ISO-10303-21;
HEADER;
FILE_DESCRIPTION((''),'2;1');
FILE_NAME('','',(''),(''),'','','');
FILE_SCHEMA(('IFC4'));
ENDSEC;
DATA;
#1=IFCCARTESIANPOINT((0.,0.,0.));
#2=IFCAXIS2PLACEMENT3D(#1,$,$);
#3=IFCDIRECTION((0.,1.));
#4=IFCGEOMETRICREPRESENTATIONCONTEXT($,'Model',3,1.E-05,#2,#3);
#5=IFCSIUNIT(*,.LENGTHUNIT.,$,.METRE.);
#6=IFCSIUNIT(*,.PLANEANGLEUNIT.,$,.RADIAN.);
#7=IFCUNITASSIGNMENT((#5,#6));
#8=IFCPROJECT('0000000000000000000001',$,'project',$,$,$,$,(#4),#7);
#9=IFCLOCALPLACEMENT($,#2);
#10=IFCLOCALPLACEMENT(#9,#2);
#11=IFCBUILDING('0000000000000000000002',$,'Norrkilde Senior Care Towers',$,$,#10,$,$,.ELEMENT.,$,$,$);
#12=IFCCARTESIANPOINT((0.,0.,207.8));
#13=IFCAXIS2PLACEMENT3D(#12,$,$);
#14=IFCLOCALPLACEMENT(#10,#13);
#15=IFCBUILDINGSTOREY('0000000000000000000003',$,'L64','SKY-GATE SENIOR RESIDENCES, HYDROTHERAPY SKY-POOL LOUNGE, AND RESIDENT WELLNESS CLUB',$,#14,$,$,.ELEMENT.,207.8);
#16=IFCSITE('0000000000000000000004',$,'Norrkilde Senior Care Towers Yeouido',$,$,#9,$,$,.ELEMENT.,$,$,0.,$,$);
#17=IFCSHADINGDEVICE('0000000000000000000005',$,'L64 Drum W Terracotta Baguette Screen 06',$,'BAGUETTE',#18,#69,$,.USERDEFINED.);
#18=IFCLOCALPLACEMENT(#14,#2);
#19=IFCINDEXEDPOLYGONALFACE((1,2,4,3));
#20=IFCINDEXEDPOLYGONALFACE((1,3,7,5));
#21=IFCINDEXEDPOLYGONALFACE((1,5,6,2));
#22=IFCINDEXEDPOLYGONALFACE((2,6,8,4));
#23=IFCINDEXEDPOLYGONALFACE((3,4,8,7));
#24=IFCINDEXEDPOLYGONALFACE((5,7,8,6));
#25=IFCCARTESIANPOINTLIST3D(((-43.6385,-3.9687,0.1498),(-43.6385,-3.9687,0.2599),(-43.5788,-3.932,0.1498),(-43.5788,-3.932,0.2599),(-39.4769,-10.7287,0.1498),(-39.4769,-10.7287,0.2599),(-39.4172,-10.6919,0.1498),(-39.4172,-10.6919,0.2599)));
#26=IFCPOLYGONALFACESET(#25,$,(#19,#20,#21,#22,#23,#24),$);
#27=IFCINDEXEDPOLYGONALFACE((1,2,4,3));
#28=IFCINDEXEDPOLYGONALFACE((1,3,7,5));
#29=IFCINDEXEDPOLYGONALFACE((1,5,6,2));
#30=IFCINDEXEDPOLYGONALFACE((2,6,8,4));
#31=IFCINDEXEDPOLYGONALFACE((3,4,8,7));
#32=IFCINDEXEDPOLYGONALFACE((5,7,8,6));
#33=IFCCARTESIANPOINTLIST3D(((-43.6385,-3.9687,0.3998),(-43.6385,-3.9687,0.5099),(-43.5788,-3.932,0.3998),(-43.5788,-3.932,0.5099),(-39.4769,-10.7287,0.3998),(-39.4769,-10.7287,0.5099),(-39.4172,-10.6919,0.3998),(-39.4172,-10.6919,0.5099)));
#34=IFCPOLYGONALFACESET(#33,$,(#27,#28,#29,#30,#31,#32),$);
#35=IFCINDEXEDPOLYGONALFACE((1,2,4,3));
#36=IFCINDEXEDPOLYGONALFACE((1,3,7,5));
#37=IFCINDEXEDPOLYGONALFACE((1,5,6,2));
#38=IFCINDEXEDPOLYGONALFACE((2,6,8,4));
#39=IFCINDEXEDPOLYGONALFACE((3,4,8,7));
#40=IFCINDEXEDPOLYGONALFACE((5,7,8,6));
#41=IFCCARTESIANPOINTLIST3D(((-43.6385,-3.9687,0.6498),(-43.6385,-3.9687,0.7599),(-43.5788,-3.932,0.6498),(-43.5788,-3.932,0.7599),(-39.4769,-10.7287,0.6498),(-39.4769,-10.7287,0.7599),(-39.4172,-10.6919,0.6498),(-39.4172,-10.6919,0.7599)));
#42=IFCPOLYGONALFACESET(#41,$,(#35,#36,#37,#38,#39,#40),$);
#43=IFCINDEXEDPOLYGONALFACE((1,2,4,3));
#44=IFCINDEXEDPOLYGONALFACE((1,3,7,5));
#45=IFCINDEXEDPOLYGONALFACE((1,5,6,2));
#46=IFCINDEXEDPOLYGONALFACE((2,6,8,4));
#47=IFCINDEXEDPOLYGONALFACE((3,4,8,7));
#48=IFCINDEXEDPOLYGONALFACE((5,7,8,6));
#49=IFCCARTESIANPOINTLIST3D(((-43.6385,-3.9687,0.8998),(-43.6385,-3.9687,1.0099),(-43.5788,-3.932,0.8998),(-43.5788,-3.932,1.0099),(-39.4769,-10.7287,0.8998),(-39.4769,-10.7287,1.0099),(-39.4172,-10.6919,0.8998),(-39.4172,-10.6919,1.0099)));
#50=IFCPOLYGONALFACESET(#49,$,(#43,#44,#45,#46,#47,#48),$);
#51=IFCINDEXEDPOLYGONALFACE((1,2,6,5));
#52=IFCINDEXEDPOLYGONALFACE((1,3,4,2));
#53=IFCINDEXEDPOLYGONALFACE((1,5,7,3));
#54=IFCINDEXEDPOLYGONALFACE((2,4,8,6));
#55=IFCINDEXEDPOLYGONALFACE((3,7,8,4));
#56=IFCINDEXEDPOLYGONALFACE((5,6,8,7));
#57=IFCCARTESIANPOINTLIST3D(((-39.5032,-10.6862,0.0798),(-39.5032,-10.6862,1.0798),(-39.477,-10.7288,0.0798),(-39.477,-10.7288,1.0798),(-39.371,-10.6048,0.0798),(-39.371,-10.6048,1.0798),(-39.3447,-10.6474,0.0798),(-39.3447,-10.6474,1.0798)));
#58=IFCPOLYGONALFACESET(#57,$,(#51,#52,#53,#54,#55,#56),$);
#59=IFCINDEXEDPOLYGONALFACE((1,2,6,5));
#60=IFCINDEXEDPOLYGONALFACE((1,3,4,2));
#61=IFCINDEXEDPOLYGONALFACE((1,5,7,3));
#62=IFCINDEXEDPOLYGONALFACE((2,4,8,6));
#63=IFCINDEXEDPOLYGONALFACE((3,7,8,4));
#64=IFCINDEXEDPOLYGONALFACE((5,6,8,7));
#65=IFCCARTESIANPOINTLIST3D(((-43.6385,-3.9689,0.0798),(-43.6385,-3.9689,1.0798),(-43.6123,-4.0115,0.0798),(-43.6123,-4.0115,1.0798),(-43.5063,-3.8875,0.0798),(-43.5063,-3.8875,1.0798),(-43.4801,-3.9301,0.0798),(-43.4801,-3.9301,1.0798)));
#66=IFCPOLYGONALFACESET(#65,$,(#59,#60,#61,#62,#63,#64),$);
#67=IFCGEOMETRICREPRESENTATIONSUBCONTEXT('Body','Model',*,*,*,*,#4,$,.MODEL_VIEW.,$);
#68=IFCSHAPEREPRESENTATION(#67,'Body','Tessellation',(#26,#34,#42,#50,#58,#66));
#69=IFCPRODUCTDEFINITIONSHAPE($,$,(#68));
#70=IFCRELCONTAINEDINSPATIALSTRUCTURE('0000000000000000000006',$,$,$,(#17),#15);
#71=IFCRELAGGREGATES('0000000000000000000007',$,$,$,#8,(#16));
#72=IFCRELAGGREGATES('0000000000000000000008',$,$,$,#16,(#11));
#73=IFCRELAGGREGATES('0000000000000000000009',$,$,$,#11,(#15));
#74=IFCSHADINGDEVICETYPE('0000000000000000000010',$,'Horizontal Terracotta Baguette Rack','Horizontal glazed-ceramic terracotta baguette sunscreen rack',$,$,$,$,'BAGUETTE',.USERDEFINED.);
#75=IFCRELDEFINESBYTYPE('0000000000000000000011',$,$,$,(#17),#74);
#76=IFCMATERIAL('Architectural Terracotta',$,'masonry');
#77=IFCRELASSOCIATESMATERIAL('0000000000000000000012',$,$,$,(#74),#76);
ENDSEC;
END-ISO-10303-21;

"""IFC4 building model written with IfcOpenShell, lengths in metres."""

from ifc_helpers import new_model, si_unit, direction, frame, origin, origin_2d, place, context, subcontext, project, spatial, rectangle, extrude, source, transform, mapped, material, type_object, type_shapes, element, save


model = new_model("IFC4")

# Units and contexts
model_context = context("Model", 3, precision=1e-05, world=origin(), true_north=direction((0.0, 1.0)))
body_context = subcontext(model_context, "Body", "Model", "MODEL_VIEW")
ifc_project = project(units=[si_unit("LENGTHUNIT", "METRE"), si_unit("PLANEANGLEUNIT", "RADIAN")], contexts=[model_context])

# Site, building, storey
site_placement = place(None, origin())
site = spatial("IfcSite", under=ifc_project, at=site_placement, Name="Norrkilde Senior Care Towers Yeouido", CompositionType="ELEMENT", RefElevation=0.0)
building_placement = place(site_placement, origin())
building = spatial("IfcBuilding", under=site, at=building_placement, Name="Norrkilde Senior Care Towers", CompositionType="ELEMENT")
storey_placement = place(building_placement, frame((0.0, 0.0, 207.8)))
storey = spatial("IfcBuildingStorey", under=building, at=storey_placement, Name="L64", Description="SKY-GATE SENIOR RESIDENCES, HYDROTHERAPY SKY-POOL LOUNGE, AND RESIDENT WELLNESS CLUB", CompositionType="ELEMENT", Elevation=207.8)

# Shading device
ifc_material_1 = material(Name="Architectural Terracotta", Category="masonry")
shading_device_type = type_object("IfcShadingDeviceType", Name="Horizontal Terracotta Baguette Rack", Description="Horizontal glazed-ceramic terracotta baguette sunscreen rack", ElementType="BAGUETTE", PredefinedType="USERDEFINED", material=ifc_material_1)
shared_shape_1 = source(origin(), body_context, "Body", "SweptSolid", [
    extrude(rectangle(XDim=0.0701, YDim=0.1101, at=origin_2d()), frame((0.0, 0.0901, 0.125), z_axis=(1.0, 0.0, 0.0), x_axis=(0.0, 1.0, 0.0)), (0.0, 0.0, 1.0), 7.9382),
    extrude(rectangle(XDim=0.0701, YDim=0.1101, at=origin_2d()), frame((0.0, 0.0901, 0.375), z_axis=(1.0, 0.0, 0.0), x_axis=(0.0, 1.0, 0.0)), (0.0, 0.0, 1.0), 7.9382),
    extrude(rectangle(XDim=0.0701, YDim=0.1101, at=origin_2d()), frame((0.0, 0.0901, 0.625), z_axis=(1.0, 0.0, 0.0), x_axis=(0.0, 1.0, 0.0)), (0.0, 0.0, 1.0), 7.9382),
    extrude(rectangle(XDim=0.0701, YDim=0.1101, at=origin_2d()), frame((0.0, 0.0901, 0.875), z_axis=(1.0, 0.0, 0.0), x_axis=(0.0, 1.0, 0.0)), (0.0, 0.0, 1.0), 7.9382),
    extrude(rectangle(XDim=0.05, YDim=0.1553, at=origin_2d()), frame((0.0249, 0.0476, 0.0)), (0.0, 0.0, 1.0), 1.0),
    extrude(rectangle(XDim=0.05, YDim=0.1553, at=origin_2d()), frame((7.9131, 0.0476, 0.0)), (0.0, 0.0, 1.0), 1.0),
])
type_shapes(shading_device_type, [shared_shape_1])
shading_device_placement = place(storey_placement, frame((-39.3704, -10.6631, 0.0798), z_axis=(0.0, 0.0, 1.0), x_axis=(-0.52425, 0.851576, 0.0)))
element("IfcShadingDevice", 1, at=shading_device_placement, inside=storey, type_object=shading_device_type, Name="L64 Drum W Terracotta Baguette Screen 06", ObjectType="BAGUETTE", PredefinedType="USERDEFINED", context=body_context, shape_type="MappedRepresentation", body=[
    mapped(shared_shape_1, transform((0.0, 0.0, 0.0), x_axis=(1.0, 0.0, 0.0), y_axis=(0.0, 1.0, 0.0), z_axis=(0.0, 0.0, 1.0), scale=1.0)),
])

save(model, "model.ifc")
